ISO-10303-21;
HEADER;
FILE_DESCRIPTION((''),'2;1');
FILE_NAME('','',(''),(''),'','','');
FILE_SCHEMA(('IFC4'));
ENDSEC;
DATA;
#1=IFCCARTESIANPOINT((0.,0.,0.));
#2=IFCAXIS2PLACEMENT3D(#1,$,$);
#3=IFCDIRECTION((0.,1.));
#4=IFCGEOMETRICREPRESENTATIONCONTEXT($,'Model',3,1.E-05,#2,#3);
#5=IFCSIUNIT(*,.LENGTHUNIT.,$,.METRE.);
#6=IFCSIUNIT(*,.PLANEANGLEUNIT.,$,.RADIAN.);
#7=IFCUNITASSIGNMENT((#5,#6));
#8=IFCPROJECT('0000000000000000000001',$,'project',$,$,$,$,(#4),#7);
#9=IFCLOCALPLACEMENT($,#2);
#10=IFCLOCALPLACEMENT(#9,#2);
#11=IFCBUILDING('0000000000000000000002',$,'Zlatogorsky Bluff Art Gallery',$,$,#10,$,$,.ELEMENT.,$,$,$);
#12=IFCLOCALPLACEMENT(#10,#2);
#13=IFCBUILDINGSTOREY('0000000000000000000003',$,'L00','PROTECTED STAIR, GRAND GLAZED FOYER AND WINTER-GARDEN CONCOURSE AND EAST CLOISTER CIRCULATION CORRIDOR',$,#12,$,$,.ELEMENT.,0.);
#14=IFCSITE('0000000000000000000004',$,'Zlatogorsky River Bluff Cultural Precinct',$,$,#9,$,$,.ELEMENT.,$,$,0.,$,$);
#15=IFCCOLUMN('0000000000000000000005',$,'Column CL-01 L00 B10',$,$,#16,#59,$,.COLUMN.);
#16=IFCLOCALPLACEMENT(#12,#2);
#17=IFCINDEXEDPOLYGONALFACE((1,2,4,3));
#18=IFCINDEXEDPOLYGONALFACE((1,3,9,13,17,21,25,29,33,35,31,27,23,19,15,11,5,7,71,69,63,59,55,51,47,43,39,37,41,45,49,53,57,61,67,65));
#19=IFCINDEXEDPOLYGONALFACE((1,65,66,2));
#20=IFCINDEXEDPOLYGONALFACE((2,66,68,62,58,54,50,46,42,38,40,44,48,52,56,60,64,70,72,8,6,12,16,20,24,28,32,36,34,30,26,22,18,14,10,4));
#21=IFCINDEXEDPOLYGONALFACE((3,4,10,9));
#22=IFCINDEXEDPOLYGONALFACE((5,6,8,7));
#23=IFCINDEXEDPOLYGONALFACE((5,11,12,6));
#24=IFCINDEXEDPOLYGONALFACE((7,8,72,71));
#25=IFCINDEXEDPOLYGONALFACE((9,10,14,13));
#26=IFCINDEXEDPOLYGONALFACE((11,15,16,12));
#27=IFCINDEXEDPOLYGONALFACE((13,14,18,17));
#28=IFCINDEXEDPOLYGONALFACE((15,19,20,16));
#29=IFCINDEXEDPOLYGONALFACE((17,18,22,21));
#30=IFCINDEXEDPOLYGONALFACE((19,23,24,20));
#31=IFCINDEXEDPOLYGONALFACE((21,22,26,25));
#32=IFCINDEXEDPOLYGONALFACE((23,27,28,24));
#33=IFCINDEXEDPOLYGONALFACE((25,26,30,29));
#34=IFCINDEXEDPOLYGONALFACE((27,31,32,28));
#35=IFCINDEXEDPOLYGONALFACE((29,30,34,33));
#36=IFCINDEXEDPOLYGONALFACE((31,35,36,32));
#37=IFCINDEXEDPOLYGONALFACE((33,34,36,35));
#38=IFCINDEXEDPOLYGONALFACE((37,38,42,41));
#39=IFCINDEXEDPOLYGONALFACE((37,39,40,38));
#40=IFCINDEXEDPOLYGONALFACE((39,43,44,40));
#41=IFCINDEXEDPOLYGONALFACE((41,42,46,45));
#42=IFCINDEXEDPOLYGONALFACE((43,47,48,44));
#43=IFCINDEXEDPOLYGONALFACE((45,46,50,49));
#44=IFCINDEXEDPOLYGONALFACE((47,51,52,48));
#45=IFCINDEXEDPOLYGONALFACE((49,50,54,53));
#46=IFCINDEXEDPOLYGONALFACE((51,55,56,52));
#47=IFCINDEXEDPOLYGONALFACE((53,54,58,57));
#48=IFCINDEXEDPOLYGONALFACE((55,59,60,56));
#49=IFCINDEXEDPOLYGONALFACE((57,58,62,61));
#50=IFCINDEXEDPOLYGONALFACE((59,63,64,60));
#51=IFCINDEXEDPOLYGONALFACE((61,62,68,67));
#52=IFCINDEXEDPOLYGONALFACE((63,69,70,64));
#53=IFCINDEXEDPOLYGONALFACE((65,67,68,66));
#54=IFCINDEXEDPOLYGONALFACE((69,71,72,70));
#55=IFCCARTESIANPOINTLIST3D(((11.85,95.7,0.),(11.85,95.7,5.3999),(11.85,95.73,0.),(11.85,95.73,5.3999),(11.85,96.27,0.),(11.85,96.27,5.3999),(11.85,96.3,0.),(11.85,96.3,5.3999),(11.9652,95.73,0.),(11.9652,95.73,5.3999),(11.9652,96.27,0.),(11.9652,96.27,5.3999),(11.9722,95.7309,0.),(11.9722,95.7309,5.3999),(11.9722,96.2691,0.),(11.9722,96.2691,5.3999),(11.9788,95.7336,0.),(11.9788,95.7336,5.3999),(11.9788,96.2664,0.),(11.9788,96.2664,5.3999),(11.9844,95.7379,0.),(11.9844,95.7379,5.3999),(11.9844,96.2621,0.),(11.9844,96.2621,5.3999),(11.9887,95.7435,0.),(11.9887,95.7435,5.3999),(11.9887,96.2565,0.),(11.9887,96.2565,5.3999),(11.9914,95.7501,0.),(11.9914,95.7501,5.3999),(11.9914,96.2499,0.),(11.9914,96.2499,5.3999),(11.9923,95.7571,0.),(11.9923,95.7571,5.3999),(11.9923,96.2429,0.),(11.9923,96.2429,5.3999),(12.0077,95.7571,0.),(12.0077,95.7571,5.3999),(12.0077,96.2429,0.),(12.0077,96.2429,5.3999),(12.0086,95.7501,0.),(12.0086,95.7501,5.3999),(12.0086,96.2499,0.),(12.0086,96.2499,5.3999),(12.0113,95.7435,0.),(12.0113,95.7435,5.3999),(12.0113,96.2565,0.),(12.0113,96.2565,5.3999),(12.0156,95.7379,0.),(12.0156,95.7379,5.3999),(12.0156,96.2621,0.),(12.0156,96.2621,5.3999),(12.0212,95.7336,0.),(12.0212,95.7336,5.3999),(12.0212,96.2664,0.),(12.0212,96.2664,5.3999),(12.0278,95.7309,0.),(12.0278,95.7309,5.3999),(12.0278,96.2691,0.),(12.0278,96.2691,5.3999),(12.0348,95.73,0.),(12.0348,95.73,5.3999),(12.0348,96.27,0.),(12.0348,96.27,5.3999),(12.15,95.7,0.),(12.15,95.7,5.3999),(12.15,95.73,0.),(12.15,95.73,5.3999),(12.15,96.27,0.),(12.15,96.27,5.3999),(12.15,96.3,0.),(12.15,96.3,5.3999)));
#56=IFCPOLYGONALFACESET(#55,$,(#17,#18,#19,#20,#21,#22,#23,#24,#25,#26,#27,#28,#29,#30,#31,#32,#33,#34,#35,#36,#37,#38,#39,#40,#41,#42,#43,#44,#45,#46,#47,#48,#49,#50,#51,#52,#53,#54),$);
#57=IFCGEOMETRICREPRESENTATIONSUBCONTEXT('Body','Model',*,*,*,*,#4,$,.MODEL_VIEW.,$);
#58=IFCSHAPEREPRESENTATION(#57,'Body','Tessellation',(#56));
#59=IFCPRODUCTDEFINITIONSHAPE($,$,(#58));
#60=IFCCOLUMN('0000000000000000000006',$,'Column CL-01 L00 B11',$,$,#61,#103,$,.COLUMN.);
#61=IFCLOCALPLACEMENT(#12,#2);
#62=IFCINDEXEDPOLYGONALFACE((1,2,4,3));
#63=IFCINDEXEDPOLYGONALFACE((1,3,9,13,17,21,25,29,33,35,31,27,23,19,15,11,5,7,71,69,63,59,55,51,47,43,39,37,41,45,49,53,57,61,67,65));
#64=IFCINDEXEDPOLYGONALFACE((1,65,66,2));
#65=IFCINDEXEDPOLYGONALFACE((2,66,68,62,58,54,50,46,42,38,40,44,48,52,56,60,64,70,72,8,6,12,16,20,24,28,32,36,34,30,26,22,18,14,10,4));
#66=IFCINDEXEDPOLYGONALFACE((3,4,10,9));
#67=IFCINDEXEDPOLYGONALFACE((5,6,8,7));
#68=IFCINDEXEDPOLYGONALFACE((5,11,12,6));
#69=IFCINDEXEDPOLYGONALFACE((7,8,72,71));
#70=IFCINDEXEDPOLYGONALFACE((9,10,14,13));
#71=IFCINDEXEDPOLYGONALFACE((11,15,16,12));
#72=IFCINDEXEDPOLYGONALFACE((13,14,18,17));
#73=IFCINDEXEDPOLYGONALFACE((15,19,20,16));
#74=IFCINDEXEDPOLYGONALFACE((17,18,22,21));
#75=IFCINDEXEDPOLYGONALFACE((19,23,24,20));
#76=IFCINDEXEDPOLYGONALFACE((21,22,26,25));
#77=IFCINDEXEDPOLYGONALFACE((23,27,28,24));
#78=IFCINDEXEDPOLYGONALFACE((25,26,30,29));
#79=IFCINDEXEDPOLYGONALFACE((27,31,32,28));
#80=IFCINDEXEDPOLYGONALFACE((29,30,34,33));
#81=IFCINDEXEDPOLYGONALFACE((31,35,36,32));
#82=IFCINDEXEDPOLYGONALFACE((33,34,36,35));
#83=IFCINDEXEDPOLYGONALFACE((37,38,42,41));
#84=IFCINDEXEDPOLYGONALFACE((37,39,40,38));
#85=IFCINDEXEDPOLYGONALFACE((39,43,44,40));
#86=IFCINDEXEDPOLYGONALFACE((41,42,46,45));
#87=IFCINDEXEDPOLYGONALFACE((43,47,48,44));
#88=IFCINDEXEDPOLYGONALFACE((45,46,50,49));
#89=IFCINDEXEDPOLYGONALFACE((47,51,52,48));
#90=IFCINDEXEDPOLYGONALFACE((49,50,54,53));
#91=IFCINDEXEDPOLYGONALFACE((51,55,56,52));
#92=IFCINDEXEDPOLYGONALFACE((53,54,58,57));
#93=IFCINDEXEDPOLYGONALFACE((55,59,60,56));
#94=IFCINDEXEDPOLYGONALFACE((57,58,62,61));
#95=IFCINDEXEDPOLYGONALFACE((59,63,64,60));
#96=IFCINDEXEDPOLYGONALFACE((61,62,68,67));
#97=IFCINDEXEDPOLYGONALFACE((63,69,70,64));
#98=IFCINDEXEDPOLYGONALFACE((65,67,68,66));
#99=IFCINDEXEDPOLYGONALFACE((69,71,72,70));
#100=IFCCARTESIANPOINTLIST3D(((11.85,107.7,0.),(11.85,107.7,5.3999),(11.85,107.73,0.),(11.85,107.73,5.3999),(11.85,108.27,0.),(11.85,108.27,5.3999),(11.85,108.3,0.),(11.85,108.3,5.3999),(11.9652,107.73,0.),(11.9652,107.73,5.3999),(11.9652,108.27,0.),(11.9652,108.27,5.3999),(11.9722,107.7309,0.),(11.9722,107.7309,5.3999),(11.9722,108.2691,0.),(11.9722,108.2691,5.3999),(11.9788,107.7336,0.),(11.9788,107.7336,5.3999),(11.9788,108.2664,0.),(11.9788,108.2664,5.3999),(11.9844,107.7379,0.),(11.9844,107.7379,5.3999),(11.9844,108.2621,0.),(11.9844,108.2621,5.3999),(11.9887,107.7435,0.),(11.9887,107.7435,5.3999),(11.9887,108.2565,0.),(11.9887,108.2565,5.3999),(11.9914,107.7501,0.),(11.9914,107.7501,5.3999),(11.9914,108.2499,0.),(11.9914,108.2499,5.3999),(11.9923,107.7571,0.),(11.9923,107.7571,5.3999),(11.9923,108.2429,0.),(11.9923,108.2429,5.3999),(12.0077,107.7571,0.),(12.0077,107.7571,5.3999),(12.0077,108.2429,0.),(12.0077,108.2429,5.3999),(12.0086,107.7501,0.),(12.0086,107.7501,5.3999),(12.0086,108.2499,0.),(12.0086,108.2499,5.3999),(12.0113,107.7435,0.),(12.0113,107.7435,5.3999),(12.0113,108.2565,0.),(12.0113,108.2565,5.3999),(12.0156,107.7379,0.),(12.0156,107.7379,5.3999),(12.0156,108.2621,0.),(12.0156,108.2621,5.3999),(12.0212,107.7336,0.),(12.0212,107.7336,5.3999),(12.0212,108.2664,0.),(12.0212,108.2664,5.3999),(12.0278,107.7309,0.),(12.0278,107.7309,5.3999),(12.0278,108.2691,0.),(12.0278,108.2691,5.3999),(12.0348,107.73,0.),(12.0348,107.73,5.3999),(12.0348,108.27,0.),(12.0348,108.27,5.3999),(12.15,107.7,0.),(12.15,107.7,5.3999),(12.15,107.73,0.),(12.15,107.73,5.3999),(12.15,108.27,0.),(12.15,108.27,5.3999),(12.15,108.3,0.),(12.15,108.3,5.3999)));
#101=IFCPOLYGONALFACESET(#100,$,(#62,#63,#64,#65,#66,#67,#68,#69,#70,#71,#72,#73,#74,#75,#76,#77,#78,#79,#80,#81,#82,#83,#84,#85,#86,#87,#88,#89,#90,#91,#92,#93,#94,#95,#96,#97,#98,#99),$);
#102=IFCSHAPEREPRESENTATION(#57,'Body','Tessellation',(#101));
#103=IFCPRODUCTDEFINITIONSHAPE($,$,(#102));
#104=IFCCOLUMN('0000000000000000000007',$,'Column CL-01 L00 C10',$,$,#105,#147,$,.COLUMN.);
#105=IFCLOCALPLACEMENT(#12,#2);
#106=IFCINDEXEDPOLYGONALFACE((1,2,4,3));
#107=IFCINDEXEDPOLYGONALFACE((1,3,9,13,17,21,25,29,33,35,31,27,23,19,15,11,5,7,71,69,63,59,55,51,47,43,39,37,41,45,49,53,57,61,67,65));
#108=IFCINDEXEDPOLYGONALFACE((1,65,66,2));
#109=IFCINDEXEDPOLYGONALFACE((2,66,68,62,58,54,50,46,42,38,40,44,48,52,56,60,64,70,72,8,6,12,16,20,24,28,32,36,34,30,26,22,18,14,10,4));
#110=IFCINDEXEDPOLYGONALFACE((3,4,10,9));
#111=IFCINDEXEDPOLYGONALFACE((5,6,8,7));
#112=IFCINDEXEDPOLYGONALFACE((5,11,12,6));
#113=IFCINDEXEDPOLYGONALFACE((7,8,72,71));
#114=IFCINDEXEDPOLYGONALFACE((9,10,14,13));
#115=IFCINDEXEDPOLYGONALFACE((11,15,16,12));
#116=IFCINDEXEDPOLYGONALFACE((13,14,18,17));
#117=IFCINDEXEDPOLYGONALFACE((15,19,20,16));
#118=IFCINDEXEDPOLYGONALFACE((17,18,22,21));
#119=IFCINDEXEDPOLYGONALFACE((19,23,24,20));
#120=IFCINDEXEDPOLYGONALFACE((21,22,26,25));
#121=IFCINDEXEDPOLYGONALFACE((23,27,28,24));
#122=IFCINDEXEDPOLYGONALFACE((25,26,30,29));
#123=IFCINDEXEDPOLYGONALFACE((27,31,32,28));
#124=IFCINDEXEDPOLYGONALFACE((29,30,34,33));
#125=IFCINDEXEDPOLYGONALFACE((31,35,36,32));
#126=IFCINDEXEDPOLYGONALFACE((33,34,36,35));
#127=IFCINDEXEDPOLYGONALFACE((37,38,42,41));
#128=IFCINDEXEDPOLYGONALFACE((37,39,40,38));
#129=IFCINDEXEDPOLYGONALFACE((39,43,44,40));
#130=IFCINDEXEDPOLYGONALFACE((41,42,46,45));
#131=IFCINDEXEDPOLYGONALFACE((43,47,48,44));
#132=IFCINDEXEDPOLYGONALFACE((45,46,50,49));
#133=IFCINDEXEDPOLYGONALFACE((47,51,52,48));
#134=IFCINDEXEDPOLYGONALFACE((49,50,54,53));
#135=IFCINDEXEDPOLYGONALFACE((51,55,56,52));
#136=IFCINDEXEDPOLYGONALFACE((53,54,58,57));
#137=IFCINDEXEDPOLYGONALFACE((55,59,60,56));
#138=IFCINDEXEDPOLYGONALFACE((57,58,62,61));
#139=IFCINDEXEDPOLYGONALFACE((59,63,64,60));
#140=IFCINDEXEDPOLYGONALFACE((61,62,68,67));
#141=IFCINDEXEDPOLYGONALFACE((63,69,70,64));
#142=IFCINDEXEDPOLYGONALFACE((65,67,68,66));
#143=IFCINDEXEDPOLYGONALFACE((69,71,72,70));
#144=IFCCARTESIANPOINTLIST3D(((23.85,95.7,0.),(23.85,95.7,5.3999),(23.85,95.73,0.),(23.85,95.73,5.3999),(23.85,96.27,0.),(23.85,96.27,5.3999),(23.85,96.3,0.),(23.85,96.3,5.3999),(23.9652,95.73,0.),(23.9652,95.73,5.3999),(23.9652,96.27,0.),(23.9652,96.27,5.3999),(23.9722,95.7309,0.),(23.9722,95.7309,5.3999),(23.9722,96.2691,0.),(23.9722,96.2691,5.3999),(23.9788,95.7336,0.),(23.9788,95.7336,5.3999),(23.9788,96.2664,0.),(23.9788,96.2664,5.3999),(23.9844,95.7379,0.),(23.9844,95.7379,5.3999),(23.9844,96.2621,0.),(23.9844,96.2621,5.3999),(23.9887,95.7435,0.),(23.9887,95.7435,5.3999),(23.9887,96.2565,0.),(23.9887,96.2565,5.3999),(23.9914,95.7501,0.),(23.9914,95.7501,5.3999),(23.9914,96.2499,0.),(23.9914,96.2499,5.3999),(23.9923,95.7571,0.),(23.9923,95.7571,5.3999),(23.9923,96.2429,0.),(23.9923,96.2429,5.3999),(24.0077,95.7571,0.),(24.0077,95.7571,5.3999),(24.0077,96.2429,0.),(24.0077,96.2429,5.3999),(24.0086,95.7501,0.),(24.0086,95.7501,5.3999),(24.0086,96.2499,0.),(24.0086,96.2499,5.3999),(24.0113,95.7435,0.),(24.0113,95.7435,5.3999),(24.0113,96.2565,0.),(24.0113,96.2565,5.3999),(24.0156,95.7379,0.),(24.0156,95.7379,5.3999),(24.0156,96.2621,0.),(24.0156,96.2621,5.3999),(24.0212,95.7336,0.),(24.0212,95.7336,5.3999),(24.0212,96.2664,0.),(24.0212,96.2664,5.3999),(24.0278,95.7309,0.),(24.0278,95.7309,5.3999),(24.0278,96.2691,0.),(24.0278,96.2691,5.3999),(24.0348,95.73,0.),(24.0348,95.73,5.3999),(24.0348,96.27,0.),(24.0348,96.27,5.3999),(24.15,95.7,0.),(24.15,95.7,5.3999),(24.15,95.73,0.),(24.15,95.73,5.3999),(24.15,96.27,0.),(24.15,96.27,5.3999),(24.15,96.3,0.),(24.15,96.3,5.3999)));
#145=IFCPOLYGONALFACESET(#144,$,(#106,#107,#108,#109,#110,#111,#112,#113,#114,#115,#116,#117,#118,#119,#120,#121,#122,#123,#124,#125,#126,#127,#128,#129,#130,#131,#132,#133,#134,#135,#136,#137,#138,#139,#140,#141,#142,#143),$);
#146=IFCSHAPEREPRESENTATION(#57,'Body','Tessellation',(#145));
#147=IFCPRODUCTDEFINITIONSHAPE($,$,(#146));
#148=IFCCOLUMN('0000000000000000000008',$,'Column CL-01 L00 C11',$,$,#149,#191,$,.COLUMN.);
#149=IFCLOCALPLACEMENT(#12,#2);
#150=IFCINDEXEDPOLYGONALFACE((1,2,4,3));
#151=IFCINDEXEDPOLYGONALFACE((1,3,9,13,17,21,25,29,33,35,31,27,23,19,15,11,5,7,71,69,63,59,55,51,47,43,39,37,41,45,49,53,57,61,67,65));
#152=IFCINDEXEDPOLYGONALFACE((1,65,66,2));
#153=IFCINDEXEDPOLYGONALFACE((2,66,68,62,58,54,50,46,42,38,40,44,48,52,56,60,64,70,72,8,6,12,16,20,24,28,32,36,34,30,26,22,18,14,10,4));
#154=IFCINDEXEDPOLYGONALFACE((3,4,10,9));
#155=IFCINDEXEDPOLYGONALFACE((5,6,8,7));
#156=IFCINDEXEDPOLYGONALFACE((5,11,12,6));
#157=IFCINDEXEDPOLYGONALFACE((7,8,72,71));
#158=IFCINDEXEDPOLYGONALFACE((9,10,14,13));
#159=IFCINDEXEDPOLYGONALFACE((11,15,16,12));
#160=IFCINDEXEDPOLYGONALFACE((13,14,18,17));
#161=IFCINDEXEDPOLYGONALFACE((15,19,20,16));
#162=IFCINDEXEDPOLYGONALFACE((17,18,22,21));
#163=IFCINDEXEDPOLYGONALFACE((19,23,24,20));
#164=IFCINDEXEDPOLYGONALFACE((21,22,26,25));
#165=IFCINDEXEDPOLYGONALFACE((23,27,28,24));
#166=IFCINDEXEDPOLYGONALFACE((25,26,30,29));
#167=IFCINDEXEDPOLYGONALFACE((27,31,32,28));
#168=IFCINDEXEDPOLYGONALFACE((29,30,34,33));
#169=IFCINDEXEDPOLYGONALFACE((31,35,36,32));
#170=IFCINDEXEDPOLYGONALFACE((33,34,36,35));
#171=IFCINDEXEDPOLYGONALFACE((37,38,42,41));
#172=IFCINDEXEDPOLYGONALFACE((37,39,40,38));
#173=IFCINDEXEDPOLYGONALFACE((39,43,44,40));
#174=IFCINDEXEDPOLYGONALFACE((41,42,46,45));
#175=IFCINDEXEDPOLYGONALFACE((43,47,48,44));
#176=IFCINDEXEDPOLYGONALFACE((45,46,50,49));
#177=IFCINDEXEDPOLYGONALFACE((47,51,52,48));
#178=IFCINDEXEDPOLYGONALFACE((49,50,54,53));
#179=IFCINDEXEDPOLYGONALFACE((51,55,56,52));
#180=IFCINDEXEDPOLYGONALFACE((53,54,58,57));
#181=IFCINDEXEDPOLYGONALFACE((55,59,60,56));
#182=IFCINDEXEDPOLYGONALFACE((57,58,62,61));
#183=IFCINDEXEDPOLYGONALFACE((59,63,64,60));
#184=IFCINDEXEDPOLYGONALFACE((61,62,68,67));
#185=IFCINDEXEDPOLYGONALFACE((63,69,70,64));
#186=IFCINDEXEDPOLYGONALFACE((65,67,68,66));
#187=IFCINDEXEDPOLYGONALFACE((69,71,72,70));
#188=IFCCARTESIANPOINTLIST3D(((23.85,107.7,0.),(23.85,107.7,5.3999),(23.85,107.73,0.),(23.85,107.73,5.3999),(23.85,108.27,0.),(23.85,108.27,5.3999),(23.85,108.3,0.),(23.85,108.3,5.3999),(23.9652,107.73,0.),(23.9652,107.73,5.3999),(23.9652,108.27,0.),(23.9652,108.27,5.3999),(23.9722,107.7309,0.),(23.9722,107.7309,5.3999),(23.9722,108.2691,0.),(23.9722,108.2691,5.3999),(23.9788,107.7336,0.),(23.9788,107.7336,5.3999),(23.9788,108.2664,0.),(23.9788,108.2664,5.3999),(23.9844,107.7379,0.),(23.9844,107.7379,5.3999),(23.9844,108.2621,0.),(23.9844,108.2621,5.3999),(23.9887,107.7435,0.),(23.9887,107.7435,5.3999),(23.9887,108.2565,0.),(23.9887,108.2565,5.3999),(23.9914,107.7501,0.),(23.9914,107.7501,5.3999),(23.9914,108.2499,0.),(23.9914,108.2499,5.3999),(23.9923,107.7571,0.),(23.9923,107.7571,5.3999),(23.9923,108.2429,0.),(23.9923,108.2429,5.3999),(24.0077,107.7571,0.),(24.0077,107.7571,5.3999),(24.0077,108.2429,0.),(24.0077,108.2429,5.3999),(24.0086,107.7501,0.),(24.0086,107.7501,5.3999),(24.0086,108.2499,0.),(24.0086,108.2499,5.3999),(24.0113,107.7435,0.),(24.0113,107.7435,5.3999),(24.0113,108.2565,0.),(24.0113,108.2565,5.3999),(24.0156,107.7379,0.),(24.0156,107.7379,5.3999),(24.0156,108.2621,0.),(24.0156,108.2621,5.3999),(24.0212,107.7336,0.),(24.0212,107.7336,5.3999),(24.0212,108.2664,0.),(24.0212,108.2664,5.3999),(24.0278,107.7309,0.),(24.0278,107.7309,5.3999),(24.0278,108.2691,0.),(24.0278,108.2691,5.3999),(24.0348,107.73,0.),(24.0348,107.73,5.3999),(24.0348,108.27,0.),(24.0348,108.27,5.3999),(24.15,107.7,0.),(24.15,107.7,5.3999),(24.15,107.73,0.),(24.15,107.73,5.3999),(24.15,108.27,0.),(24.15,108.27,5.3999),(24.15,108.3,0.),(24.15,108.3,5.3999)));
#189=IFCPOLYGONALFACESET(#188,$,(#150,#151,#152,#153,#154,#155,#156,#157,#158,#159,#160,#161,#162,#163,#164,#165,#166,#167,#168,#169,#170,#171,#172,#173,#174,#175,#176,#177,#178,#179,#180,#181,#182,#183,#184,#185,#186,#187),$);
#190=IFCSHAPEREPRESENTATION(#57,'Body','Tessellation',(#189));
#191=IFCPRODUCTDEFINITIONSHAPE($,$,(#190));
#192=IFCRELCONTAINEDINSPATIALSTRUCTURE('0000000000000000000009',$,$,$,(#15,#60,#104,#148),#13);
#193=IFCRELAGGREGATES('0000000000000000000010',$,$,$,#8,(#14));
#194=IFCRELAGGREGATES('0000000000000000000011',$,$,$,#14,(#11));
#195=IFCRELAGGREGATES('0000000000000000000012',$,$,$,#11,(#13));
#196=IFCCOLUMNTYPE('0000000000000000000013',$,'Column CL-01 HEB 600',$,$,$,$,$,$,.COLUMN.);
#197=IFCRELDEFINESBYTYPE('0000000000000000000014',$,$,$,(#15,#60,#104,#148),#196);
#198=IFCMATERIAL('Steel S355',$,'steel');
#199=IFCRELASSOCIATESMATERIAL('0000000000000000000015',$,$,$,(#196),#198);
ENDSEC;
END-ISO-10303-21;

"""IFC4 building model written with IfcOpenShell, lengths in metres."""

from ifc_helpers import new_model, si_unit, direction, frame, origin, origin_2d, place, context, subcontext, project, spatial, i_section, extrude, material, material_profile, profile_set, type_object, element, save


model = new_model("IFC4")

# Units and contexts
model_context = context("Model", 3, precision=1e-05, world=origin(), true_north=direction((0.0, 1.0)))
body_context = subcontext(model_context, "Body", "Model", "MODEL_VIEW")
ifc_project = project(units=[si_unit("LENGTHUNIT", "METRE"), si_unit("PLANEANGLEUNIT", "RADIAN")], contexts=[model_context])

# Site, building, storey
site_placement = place(None, origin())
site = spatial("IfcSite", under=ifc_project, at=site_placement, Name="Zlatogorsky River Bluff Cultural Precinct", CompositionType="ELEMENT", RefElevation=0.0)
building_placement = place(site_placement, origin())
building = spatial("IfcBuilding", under=site, at=building_placement, Name="Zlatogorsky Bluff Art Gallery", CompositionType="ELEMENT")
storey_placement = place(building_placement, origin())
storey = spatial("IfcBuildingStorey", under=building, at=storey_placement, Name="L00", Description="PROTECTED STAIR, GRAND GLAZED FOYER AND WINTER-GARDEN CONCOURSE AND EAST CLOISTER CIRCULATION CORRIDOR", CompositionType="ELEMENT", Elevation=0.0)

# Columns
ifc_material_1 = material(Name="Steel S355", Category="steel")
ifc_material_profile_1 = material_profile(ifc_material_1, i_section(OverallWidth=0.3, OverallDepth=0.6001, WebThickness=0.0154, FlangeThickness=0.03, FilletRadius=0.0271, at=origin_2d()), Name="HEB 600")
ifc_profile_set_1 = profile_set([ifc_material_profile_1], Name="Steel S355")
column_type = type_object("IfcColumnType", Name="Column CL-01 HEB 600", PredefinedType="COLUMN", material=ifc_profile_set_1)
for number, where, z_axis, x_axis, name in (
    (1, (12.0, 96.0, 0.0), (0.0, 0.0, 1.0), (1.0, 0.0, 0.0), "Column CL-01 L00 B10"),
    (2, (12.0, 108.0, 0.0), (0.0, 0.0, 1.0), (1.0, 0.0, 0.0), "Column CL-01 L00 B11"),
    (3, (24.0, 96.0, 0.0), (0.0, 0.0, 1.0), (1.0, 0.0, 0.0), "Column CL-01 L00 C10"),
    (4, (24.0, 108.0, 0.0), (0.0, 0.0, 1.0), (1.0, 0.0, 0.0), "Column CL-01 L00 C11"),
):
    element("IfcColumn", number, at=place(storey_placement, frame(where, z_axis=z_axis, x_axis=x_axis)), inside=storey, type_object=column_type, Name=name, PredefinedType="COLUMN", context=body_context, shape_type="SweptSolid", body=[
        extrude(i_section(OverallWidth=0.3, OverallDepth=0.6001, WebThickness=0.0154, FlangeThickness=0.03, FilletRadius=0.0271, at=origin_2d()), origin(), (0.0, 0.0, 1.0), 5.3999),
    ])

save(model, "model.ifc")
